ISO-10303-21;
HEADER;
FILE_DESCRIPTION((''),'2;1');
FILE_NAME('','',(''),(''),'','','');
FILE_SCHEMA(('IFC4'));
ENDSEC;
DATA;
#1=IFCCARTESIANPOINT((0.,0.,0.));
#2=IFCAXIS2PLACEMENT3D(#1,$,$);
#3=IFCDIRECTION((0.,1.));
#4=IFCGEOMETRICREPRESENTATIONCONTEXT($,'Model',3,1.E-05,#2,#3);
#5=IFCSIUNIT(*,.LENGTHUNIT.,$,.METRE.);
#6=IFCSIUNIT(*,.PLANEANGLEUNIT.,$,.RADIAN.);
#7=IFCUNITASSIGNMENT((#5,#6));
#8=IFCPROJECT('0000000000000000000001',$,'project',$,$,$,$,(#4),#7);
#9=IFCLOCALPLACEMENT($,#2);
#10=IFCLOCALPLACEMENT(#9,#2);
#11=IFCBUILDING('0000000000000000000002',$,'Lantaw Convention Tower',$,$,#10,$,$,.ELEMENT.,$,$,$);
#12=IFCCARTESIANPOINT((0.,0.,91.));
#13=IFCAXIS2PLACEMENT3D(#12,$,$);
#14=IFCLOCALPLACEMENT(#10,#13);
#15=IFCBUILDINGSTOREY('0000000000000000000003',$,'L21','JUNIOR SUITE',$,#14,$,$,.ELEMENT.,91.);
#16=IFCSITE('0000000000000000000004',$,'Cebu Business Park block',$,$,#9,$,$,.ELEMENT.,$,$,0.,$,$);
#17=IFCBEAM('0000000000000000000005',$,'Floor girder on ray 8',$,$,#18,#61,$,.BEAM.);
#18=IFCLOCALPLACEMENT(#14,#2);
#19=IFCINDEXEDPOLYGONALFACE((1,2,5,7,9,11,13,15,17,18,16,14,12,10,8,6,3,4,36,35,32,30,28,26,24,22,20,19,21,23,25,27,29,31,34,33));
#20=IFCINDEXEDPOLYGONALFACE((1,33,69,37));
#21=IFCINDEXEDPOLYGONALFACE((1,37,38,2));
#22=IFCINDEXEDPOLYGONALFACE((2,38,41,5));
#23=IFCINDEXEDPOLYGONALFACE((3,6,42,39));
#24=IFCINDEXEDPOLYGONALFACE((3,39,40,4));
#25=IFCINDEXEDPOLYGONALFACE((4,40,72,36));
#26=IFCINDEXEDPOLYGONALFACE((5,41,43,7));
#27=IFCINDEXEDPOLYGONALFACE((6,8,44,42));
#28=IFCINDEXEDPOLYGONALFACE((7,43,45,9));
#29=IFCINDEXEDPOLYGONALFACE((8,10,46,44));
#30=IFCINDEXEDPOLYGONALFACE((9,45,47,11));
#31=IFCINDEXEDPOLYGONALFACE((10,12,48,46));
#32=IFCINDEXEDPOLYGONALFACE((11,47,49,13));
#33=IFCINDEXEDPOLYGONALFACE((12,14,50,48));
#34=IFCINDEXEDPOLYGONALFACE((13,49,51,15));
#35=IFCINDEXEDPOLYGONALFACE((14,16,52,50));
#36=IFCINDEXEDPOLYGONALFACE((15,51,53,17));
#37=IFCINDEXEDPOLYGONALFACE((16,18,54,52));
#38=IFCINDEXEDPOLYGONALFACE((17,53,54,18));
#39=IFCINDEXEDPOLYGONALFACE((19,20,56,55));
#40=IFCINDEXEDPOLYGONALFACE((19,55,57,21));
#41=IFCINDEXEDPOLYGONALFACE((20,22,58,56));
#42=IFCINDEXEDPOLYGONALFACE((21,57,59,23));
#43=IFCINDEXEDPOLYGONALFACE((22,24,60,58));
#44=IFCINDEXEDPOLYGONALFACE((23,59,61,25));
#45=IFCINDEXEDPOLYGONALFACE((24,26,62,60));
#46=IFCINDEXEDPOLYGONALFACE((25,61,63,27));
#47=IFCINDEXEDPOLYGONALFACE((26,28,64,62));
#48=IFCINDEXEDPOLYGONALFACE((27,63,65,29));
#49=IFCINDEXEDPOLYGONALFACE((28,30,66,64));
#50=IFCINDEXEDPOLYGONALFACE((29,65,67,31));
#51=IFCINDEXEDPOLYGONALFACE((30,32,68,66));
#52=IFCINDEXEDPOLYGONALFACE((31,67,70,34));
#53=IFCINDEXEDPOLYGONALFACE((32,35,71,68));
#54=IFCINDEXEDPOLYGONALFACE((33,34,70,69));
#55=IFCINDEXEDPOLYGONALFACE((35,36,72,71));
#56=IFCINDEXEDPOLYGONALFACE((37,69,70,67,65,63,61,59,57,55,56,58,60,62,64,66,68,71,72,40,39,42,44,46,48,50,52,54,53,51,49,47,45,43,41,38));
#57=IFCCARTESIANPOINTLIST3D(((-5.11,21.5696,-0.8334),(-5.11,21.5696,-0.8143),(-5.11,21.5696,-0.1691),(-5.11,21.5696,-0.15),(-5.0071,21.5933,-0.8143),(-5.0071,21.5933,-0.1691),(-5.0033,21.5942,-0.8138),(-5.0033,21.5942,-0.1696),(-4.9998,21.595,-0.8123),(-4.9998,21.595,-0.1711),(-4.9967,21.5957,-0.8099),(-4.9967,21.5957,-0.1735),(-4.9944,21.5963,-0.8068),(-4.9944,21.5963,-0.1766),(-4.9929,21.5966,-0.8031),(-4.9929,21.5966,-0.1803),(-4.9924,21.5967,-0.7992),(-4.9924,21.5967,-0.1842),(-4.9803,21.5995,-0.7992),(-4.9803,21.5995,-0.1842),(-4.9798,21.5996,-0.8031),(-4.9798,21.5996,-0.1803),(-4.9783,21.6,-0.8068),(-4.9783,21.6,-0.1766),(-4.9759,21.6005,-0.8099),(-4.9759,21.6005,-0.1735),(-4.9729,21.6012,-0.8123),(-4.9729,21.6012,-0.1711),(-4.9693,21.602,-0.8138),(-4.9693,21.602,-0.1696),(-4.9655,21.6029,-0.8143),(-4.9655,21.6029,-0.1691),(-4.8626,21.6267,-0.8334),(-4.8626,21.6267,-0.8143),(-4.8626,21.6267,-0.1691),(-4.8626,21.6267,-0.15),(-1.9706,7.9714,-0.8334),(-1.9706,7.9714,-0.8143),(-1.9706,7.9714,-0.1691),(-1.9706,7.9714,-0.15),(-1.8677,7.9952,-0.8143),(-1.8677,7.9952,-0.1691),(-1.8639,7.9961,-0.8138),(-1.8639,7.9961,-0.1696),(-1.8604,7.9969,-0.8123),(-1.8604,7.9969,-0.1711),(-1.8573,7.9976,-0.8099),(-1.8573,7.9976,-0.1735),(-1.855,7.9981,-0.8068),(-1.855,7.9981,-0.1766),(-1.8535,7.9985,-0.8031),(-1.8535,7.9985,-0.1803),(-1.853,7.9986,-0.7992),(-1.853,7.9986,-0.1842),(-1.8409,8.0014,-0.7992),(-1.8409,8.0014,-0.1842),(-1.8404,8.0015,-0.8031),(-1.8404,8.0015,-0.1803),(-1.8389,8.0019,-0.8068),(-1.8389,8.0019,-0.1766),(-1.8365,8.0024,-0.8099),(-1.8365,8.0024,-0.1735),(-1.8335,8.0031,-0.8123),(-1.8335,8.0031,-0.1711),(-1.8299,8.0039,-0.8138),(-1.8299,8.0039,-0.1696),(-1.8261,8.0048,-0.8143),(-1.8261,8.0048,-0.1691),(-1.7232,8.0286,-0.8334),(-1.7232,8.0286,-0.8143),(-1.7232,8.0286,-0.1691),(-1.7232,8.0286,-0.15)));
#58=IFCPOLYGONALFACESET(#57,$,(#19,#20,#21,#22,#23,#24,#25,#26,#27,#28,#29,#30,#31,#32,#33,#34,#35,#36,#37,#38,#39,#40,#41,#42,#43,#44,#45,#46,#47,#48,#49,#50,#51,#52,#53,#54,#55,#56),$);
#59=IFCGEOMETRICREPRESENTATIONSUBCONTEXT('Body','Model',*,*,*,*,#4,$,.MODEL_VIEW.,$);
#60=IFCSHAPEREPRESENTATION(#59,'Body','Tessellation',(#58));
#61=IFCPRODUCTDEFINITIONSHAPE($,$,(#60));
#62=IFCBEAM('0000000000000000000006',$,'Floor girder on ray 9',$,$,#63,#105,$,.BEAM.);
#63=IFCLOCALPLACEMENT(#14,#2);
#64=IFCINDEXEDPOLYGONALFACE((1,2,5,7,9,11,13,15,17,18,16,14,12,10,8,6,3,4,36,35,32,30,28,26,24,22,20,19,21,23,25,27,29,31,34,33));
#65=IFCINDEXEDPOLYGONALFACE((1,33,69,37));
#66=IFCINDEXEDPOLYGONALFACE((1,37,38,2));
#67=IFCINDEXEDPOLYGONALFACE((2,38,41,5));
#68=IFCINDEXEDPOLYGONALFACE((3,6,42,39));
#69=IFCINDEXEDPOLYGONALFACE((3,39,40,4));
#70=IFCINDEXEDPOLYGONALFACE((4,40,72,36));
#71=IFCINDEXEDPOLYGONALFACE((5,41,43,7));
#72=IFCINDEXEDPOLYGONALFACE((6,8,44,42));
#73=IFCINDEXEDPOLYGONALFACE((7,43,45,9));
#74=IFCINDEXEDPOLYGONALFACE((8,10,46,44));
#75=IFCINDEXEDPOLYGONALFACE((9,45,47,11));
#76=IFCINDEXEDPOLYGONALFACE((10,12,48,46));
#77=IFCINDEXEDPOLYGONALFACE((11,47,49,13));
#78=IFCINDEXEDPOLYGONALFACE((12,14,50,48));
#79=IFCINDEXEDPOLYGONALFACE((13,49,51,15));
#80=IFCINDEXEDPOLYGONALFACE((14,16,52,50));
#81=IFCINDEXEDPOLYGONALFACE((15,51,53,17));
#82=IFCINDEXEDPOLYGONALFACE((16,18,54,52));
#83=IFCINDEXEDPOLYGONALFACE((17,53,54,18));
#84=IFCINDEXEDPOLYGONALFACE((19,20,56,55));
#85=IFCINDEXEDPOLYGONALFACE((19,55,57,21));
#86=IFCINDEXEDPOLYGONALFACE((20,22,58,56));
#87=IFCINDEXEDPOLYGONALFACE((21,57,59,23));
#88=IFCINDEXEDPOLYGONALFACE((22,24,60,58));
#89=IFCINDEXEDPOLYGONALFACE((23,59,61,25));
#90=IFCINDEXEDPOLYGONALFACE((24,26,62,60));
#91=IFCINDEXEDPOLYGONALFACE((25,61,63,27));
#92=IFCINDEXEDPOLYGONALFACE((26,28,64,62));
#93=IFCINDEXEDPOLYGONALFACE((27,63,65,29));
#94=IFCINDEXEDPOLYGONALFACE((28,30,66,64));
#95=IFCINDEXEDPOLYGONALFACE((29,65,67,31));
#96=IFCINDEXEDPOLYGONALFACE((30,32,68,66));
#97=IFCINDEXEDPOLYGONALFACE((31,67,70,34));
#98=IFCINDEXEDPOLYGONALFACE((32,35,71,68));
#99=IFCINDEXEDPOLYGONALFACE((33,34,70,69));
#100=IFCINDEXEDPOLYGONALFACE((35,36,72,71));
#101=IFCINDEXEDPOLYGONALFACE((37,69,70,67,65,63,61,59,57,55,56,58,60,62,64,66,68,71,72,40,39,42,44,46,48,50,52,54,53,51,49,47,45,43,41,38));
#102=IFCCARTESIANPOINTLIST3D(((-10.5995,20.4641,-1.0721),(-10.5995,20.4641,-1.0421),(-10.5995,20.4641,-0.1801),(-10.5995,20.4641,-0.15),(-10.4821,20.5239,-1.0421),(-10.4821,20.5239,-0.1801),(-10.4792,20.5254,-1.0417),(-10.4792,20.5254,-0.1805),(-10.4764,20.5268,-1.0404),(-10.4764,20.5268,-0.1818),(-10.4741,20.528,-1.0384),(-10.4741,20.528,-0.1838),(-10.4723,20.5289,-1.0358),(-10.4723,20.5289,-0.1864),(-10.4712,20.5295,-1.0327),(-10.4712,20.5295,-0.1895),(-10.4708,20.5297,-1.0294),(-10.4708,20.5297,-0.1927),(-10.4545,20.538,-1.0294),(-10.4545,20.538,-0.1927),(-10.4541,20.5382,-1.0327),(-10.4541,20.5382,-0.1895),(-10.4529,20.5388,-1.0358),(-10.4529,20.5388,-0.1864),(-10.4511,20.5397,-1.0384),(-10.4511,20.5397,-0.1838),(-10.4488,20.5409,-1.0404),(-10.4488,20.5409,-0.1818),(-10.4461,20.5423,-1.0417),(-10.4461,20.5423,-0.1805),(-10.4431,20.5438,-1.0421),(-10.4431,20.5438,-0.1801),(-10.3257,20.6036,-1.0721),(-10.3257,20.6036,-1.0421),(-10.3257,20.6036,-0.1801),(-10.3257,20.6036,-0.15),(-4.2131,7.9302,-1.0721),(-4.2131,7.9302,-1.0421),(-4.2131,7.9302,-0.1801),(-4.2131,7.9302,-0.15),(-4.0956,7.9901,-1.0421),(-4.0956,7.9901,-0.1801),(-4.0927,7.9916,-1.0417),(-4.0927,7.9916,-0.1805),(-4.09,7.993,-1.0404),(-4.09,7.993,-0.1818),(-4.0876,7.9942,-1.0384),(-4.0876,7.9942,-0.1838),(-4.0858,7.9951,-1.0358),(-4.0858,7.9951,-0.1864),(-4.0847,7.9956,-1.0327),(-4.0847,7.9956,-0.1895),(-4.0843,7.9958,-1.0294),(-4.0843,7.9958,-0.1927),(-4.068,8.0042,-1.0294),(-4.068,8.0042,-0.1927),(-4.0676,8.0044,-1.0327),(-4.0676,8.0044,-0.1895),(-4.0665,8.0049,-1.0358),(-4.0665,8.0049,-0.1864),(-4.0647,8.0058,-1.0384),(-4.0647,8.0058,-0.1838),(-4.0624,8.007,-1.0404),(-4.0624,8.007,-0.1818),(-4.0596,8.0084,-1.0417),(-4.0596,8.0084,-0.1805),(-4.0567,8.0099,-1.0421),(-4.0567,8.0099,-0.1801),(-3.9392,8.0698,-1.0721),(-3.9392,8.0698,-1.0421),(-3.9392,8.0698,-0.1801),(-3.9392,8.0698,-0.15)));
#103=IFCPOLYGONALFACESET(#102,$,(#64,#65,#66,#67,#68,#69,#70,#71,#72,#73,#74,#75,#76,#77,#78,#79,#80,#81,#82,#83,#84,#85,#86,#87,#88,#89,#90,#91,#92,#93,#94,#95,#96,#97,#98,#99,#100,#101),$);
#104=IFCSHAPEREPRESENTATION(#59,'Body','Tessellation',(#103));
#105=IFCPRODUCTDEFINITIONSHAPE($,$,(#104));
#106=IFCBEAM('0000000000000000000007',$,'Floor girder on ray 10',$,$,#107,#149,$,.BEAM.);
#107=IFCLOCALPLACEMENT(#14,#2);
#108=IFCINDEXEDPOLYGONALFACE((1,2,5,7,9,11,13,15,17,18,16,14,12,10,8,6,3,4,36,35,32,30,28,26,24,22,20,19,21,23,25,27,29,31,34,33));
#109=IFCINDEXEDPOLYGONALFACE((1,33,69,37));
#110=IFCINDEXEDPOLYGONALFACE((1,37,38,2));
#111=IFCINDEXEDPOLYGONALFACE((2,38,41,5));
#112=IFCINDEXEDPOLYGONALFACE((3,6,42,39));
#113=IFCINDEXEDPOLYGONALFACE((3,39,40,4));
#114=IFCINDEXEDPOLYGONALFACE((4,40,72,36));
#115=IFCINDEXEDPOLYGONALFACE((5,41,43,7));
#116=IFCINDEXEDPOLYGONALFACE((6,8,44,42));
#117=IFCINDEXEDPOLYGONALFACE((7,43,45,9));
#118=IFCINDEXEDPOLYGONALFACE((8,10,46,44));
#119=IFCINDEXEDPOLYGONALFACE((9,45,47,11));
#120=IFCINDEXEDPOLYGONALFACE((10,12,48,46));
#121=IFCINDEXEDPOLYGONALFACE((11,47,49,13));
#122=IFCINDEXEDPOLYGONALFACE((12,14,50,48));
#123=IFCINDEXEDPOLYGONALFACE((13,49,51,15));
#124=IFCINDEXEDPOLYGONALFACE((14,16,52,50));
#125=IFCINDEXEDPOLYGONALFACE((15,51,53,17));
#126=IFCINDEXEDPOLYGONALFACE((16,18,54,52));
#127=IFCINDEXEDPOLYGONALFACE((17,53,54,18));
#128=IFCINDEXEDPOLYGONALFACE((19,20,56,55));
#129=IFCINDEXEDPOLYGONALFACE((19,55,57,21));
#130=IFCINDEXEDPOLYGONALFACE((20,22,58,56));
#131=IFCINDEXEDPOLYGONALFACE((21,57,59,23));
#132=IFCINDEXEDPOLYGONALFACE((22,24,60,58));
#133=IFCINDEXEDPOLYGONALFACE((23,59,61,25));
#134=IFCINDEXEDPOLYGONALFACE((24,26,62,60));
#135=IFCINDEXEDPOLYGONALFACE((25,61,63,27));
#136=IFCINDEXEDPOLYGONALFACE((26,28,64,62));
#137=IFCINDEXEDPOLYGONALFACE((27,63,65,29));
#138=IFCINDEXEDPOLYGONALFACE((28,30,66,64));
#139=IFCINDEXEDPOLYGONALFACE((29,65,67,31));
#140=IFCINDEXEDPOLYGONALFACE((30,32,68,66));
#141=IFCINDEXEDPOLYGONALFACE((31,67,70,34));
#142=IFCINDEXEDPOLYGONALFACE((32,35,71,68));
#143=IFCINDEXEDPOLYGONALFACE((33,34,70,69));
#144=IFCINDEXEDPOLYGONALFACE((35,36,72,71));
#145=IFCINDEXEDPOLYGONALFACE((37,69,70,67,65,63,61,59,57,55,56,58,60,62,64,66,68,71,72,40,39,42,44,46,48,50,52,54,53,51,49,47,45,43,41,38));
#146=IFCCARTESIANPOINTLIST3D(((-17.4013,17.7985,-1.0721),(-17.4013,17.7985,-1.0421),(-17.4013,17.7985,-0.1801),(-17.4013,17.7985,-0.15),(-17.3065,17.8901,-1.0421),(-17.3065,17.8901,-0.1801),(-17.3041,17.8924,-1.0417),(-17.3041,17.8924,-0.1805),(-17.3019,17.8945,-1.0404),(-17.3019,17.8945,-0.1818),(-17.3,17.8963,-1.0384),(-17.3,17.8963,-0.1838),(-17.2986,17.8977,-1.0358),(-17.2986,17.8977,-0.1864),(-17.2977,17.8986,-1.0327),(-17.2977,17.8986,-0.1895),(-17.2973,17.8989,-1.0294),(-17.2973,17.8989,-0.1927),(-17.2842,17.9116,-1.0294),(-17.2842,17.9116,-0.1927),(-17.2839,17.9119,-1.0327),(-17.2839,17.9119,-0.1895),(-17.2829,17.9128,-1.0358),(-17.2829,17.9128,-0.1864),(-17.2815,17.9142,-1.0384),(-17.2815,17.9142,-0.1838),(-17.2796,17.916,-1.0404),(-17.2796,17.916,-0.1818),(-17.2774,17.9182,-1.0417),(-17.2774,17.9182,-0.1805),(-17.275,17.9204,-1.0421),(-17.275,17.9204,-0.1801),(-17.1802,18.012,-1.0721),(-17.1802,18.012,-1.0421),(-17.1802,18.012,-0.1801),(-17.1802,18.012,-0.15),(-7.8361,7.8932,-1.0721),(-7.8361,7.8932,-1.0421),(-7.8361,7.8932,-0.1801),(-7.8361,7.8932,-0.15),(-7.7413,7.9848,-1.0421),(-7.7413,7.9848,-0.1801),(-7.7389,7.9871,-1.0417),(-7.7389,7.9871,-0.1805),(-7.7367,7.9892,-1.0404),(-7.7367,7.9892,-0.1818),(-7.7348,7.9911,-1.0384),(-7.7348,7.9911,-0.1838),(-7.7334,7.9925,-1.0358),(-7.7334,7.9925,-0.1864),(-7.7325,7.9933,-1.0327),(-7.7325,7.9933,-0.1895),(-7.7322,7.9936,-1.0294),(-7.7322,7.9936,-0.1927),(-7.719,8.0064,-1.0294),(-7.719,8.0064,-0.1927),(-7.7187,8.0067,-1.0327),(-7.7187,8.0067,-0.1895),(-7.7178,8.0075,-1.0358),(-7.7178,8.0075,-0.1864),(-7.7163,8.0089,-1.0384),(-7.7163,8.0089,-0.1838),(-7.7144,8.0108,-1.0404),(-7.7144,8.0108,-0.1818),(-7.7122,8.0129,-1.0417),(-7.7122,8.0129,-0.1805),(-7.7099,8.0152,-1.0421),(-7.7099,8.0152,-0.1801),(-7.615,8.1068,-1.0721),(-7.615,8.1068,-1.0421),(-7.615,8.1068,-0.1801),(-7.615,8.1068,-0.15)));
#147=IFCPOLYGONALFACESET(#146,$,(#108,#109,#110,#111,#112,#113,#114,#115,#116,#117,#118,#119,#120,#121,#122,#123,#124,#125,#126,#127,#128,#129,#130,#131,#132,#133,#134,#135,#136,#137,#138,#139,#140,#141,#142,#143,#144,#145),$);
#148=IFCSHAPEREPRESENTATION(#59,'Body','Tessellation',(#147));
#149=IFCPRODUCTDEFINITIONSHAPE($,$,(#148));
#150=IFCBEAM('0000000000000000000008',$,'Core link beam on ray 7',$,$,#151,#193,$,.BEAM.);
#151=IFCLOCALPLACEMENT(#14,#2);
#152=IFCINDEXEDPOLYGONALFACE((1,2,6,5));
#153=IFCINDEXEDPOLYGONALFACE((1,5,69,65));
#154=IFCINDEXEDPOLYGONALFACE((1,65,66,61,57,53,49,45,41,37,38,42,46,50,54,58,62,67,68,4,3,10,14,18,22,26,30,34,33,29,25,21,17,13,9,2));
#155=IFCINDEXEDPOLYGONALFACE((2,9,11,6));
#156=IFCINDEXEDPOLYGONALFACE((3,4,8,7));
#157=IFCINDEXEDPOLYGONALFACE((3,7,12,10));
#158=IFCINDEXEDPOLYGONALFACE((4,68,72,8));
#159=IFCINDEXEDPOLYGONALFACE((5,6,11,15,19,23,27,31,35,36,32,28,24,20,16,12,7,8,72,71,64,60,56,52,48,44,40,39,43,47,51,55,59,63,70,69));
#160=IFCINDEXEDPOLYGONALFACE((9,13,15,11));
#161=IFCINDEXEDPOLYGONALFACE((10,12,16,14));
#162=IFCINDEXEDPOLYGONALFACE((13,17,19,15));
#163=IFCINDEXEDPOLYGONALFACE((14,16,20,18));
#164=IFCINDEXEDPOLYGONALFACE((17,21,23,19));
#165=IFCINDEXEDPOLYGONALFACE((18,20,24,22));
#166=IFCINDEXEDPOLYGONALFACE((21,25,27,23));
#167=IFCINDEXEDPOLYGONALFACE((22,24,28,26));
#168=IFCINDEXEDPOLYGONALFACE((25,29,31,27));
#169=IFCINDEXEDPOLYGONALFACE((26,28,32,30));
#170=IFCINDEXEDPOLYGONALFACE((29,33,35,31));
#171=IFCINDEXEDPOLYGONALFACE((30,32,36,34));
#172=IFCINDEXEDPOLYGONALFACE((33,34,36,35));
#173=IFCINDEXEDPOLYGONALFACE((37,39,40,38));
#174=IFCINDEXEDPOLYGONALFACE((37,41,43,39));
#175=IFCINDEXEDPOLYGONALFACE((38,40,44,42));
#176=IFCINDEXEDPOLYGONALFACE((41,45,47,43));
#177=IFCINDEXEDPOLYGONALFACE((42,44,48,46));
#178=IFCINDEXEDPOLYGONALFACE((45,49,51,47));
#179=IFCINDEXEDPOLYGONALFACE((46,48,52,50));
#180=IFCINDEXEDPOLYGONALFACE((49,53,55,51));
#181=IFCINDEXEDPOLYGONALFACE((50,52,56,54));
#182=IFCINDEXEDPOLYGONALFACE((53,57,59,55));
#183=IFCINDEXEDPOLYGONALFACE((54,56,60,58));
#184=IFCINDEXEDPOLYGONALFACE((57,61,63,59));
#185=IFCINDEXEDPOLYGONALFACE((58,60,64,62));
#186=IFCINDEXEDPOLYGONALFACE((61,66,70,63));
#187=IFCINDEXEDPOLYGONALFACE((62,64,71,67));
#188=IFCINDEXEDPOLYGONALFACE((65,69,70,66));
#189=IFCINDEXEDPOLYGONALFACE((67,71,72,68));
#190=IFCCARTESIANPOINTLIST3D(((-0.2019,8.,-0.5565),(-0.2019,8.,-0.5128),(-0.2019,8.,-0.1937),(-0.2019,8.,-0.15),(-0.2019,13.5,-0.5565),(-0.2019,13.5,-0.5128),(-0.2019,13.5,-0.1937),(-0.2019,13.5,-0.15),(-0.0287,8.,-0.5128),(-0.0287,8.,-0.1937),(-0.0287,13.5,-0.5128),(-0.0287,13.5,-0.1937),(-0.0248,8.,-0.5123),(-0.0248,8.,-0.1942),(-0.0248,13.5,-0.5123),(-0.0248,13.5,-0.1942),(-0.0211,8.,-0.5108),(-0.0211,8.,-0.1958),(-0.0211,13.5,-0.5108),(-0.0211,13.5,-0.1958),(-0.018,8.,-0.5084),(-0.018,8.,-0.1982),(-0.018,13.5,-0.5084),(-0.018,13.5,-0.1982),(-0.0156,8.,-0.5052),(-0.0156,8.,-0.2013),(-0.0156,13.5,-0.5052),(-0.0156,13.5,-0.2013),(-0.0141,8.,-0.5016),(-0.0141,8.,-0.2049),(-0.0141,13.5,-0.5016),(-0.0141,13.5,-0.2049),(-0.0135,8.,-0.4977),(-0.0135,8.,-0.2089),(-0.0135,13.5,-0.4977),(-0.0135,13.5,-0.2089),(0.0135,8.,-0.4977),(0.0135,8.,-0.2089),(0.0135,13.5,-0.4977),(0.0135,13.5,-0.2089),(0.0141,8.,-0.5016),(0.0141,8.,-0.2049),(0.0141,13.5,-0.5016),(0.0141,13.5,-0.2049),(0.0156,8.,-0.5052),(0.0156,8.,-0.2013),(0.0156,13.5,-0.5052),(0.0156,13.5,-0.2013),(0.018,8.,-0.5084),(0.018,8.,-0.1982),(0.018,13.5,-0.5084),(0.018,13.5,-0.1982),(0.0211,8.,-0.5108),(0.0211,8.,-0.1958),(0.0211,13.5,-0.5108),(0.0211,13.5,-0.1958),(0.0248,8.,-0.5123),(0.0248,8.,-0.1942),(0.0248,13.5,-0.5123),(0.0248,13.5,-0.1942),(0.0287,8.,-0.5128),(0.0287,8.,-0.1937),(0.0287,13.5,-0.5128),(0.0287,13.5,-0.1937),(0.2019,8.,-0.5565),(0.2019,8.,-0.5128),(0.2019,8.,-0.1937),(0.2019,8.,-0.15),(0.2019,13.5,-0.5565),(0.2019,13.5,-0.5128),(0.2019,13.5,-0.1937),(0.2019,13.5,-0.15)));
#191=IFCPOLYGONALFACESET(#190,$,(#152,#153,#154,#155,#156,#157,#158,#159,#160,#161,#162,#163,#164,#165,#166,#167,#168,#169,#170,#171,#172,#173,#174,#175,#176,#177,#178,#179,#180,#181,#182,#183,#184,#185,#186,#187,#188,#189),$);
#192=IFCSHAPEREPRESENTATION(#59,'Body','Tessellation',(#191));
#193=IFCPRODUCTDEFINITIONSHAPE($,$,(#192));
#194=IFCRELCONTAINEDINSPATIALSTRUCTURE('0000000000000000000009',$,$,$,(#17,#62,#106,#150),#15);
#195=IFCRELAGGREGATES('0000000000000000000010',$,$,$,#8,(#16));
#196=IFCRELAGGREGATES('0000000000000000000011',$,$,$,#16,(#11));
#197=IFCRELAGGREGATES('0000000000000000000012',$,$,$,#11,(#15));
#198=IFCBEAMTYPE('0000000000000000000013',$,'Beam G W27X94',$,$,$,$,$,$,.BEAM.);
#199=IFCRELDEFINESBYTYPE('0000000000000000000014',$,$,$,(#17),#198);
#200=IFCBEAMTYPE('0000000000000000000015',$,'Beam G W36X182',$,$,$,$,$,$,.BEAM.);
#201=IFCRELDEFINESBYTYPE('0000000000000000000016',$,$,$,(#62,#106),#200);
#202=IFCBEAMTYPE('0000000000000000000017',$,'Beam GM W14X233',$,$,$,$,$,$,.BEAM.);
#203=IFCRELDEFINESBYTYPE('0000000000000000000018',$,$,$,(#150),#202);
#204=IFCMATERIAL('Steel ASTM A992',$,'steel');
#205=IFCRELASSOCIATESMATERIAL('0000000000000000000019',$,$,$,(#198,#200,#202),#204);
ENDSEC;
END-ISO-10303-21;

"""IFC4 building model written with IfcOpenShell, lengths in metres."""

from ifc_helpers import new_model, si_unit, direction, frame, origin, origin_2d, place, context, subcontext, project, spatial, i_section, extrude, material, material_profile, profile_set, type_object, element, save


model = new_model("IFC4")

# Units and contexts
model_context = context("Model", 3, precision=1e-05, world=origin(), true_north=direction((0.0, 1.0)))
body_context = subcontext(model_context, "Body", "Model", "MODEL_VIEW")
ifc_project = project(units=[si_unit("LENGTHUNIT", "METRE"), si_unit("PLANEANGLEUNIT", "RADIAN")], contexts=[model_context])

# Site, building, storey
site_placement = place(None, origin())
site = spatial("IfcSite", under=ifc_project, at=site_placement, Name="Cebu Business Park block", CompositionType="ELEMENT", RefElevation=0.0)
building_placement = place(site_placement, origin())
building = spatial("IfcBuilding", under=site, at=building_placement, Name="Lantaw Convention Tower", CompositionType="ELEMENT")
storey_placement = place(building_placement, frame((0.0, 0.0, 91.0)))
storey = spatial("IfcBuildingStorey", under=building, at=storey_placement, Name="L21", Description="JUNIOR SUITE", CompositionType="ELEMENT", Elevation=91.0)

# Beams
ifc_material_1 = material(Name="Steel ASTM A992", Category="steel")
ifc_material_profile_1 = material_profile(ifc_material_1, i_section(OverallWidth=0.2539, OverallDepth=0.6833, WebThickness=0.0125, FlangeThickness=0.019, FilletRadius=0.0151, at=origin_2d()), Name="W27X94")
ifc_profile_set_1 = profile_set([ifc_material_profile_1], Name="Steel ASTM A992")
beam_type_1 = type_object("IfcBeamType", Name="Beam G W27X94", PredefinedType="BEAM", material=ifc_profile_set_1)
beam_1_placement = place(storey_placement, frame((-1.8469, 8.0, -0.4917), z_axis=(-0.224953, 0.97437, 0.0), x_axis=(-0.97437, -0.224953, 0.0)))
element("IfcBeam", 1, at=beam_1_placement, inside=storey, type_object=beam_type_1, Name="Floor girder on ray 8", PredefinedType="BEAM", context=body_context, shape_type="SweptSolid", body=[
    extrude(i_section(OverallWidth=0.2539, OverallDepth=0.6833, WebThickness=0.0125, FlangeThickness=0.019, FilletRadius=0.0151, at=origin_2d()), origin(), (0.0, 0.0, 1.0), 13.9558),
])
ifc_material_profile_2 = material_profile(ifc_material_1, i_section(OverallWidth=0.3074, OverallDepth=0.9221, WebThickness=0.0183, FlangeThickness=0.03, FilletRadius=0.0127, at=origin_2d()), Name="W36X182")
ifc_profile_set_2 = profile_set([ifc_material_profile_2], Name="Steel ASTM A992")
beam_type_2 = type_object("IfcBeamType", Name="Beam G W36X182", PredefinedType="BEAM", material=ifc_profile_set_2)
beam_2_placement = place(storey_placement, frame((-4.0762, 8.0, -0.6111), z_axis=(-0.453997, 0.891003, 0.0), x_axis=(-0.891003, -0.453997, 0.0)))
element("IfcBeam", 2, at=beam_2_placement, inside=storey, type_object=beam_type_2, Name="Floor girder on ray 9", PredefinedType="BEAM", context=body_context, shape_type="SweptSolid", body=[
    extrude(i_section(OverallWidth=0.3074, OverallDepth=0.9221, WebThickness=0.0183, FlangeThickness=0.03, FilletRadius=0.0127, at=origin_2d()), origin(), (0.0, 0.0, 1.0), 14.0671),
])
beam_3_placement = place(storey_placement, frame((-7.7256, 8.0, -0.6111), z_axis=(-0.69465, 0.719348, 0.0), x_axis=(-0.719348, -0.69465, 0.0)))
element("IfcBeam", 3, at=beam_3_placement, inside=storey, type_object=beam_type_2, Name="Floor girder on ray 10", PredefinedType="BEAM", context=body_context, shape_type="SweptSolid", body=[
    extrude(i_section(OverallWidth=0.3074, OverallDepth=0.9221, WebThickness=0.0183, FlangeThickness=0.03, FilletRadius=0.0127, at=origin_2d()), origin(), (0.0, 0.0, 1.0), 13.7698),
])
ifc_material_profile_3 = material_profile(ifc_material_1, i_section(OverallWidth=0.4038, OverallDepth=0.4065, WebThickness=0.0271, FlangeThickness=0.0437, FilletRadius=0.0151, at=origin_2d()), Name="W14X233")
ifc_profile_set_3 = profile_set([ifc_material_profile_3], Name="Steel ASTM A992")
beam_type_3 = type_object("IfcBeamType", Name="Beam GM W14X233", PredefinedType="BEAM", material=ifc_profile_set_3)
beam_4_placement = place(storey_placement, frame((0.0, 8.0, -0.3533), z_axis=(0.0, 1.0, 0.0), x_axis=(-1.0, 0.0, 0.0)))
element("IfcBeam", 4, at=beam_4_placement, inside=storey, type_object=beam_type_3, Name="Core link beam on ray 7", PredefinedType="BEAM", context=body_context, shape_type="SweptSolid", body=[
    extrude(i_section(OverallWidth=0.4038, OverallDepth=0.4065, WebThickness=0.0271, FlangeThickness=0.0437, FilletRadius=0.0151, at=origin_2d()), origin(), (0.0, 0.0, 1.0), 5.5),
])

save(model, "model.ifc")
